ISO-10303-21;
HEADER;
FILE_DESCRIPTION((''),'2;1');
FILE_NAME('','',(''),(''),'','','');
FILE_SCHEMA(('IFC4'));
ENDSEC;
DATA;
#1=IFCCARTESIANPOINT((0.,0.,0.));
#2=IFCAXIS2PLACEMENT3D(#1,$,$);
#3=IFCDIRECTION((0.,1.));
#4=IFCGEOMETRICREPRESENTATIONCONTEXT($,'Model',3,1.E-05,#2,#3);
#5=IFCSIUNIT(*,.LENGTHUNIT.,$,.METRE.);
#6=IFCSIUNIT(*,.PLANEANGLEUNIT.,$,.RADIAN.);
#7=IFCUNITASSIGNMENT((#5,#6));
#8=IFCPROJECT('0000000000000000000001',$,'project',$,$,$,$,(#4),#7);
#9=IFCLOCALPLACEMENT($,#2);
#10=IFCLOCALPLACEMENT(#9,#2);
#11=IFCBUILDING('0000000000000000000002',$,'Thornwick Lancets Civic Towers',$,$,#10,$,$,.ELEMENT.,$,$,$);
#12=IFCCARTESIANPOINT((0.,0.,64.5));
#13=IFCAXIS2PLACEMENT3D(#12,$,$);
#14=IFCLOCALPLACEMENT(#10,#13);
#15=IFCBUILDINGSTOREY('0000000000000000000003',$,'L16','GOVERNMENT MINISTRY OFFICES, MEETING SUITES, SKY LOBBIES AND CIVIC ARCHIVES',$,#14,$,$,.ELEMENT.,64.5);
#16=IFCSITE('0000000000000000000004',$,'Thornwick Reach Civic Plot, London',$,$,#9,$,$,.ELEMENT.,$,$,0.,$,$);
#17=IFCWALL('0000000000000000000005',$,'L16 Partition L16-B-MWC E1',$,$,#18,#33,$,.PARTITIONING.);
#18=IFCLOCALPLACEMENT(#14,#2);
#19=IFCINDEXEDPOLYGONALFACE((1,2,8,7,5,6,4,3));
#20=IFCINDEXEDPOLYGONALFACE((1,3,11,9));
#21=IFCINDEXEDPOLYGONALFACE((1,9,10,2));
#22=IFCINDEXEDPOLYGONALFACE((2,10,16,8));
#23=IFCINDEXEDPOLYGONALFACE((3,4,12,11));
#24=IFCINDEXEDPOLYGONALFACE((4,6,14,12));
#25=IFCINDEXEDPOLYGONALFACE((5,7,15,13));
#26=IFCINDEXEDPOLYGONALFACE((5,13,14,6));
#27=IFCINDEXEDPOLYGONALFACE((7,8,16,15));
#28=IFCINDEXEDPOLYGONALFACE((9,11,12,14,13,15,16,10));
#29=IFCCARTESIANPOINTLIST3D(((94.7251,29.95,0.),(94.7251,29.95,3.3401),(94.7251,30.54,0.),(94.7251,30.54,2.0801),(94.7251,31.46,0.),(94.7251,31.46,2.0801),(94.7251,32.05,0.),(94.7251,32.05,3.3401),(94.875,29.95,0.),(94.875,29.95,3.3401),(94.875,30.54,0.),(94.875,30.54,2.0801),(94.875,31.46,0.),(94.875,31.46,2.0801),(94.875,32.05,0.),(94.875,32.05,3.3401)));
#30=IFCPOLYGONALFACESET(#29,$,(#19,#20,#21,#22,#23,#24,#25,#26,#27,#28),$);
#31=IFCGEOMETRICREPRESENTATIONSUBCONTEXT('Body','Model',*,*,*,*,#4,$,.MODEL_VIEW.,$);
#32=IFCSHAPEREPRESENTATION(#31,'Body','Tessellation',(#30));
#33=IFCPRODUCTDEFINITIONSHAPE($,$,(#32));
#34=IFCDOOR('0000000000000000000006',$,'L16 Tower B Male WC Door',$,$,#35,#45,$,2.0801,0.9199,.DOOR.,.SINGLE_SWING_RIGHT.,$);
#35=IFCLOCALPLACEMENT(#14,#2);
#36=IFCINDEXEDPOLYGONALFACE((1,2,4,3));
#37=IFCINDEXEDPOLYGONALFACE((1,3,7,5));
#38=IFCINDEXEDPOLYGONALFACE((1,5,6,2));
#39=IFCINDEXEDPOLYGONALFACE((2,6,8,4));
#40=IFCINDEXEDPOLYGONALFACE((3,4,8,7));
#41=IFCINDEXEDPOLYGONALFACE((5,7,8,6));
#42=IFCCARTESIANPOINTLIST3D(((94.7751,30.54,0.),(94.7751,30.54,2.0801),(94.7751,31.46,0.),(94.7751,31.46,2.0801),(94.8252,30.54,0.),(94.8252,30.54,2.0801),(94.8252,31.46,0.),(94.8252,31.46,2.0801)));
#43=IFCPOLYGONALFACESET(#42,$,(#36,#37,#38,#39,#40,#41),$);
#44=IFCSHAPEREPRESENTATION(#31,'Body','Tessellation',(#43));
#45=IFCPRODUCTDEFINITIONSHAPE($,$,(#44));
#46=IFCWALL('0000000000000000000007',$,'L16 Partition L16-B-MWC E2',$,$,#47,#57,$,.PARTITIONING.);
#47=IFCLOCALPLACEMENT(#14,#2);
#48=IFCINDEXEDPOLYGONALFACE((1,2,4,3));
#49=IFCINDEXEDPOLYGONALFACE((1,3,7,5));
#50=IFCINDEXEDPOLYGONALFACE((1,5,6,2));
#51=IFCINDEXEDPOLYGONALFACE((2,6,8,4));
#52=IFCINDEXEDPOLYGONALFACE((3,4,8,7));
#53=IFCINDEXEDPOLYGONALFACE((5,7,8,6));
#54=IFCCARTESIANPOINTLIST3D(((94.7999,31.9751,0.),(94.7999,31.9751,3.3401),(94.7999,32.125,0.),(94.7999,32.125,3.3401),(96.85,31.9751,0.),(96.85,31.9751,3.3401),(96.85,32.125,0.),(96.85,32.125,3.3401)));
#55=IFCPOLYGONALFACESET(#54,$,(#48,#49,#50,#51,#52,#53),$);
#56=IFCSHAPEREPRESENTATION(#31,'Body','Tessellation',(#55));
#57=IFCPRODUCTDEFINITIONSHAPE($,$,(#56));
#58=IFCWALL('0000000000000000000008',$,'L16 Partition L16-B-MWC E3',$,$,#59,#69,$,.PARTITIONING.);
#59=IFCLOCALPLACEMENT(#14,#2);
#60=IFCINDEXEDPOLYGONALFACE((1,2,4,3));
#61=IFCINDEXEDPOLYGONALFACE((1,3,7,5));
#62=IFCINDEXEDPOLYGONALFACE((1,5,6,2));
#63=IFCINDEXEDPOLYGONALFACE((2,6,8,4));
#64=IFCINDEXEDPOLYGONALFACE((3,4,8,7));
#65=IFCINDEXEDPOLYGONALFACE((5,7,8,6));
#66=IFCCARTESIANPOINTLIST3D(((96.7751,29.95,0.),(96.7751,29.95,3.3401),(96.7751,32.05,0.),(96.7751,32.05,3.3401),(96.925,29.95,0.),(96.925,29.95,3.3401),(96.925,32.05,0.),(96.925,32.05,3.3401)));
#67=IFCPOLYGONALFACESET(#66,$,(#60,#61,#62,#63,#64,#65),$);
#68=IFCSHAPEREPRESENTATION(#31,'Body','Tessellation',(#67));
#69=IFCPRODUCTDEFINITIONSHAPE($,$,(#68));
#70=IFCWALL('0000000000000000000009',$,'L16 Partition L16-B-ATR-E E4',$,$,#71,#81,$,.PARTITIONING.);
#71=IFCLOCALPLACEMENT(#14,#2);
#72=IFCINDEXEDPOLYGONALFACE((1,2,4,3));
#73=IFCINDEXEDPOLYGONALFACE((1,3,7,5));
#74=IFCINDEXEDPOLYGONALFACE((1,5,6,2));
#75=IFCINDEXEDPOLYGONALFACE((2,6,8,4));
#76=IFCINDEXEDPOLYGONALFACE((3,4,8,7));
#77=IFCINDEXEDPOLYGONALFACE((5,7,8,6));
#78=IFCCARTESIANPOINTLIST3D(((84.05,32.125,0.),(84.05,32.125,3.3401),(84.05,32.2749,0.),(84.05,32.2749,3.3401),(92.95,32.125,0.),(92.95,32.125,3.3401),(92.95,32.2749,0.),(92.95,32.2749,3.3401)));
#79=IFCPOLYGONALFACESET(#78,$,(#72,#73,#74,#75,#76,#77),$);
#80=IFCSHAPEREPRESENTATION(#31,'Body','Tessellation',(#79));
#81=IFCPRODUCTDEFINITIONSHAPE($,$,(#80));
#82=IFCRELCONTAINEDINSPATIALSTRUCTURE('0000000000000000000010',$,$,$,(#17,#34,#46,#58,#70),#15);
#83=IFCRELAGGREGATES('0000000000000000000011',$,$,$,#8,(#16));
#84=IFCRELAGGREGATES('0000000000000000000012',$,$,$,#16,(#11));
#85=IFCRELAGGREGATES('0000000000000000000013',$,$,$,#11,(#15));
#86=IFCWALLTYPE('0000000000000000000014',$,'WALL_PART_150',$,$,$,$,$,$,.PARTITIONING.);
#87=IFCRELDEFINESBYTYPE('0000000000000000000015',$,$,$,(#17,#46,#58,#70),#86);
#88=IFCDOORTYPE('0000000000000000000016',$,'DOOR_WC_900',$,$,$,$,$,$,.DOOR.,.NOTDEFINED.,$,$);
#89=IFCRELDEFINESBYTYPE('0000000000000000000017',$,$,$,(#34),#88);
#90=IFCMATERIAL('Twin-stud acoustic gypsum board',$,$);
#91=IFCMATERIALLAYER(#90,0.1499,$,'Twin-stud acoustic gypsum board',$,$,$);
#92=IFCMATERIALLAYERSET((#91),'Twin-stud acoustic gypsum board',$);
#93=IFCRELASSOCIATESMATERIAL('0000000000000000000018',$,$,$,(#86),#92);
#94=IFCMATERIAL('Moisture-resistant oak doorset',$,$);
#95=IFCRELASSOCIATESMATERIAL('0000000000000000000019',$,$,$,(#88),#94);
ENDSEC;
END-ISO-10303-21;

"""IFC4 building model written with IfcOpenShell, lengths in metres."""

from ifc_helpers import new_model, si_unit, direction, frame, frame_2d, origin, place, context, subcontext, project, spatial, rectangle, extrude, material, layer, layer_set, type_object, element, fill, save


model = new_model("IFC4")

# Units and contexts
model_context = context("Model", 3, precision=1e-05, world=origin(), true_north=direction((0.0, 1.0)))
body_context = subcontext(model_context, "Body", "Model", "MODEL_VIEW")
ifc_project = project(units=[si_unit("LENGTHUNIT", "METRE"), si_unit("PLANEANGLEUNIT", "RADIAN")], contexts=[model_context])

# Site, building, storey
site_placement = place(None, origin())
site = spatial("IfcSite", under=ifc_project, at=site_placement, Name="Thornwick Reach Civic Plot, London", CompositionType="ELEMENT", RefElevation=0.0)
building_placement = place(site_placement, origin())
building = spatial("IfcBuilding", under=site, at=building_placement, Name="Thornwick Lancets Civic Towers", CompositionType="ELEMENT")
storey_placement = place(building_placement, frame((0.0, 0.0, 64.5)))
storey = spatial("IfcBuildingStorey", under=building, at=storey_placement, Name="L16", Description="GOVERNMENT MINISTRY OFFICES, MEETING SUITES, SKY LOBBIES AND CIVIC ARCHIVES", CompositionType="ELEMENT", Elevation=64.5)

# Wall, opening, door
ifc_material_1 = material(Name="Twin-stud acoustic gypsum board")
ifc_layer_1 = layer(ifc_material_1, 0.1499, Name="Twin-stud acoustic gypsum board")
ifc_layer_set_1 = layer_set([ifc_layer_1], Name="Twin-stud acoustic gypsum board")
wall_type_1 = type_object("IfcWallType", Name="WALL_PART_150", PredefinedType="PARTITIONING", material=ifc_layer_set_1)
wall_1_placement = place(storey_placement, frame((94.8, 29.95, 0.0), z_axis=(0.0, 0.0, 1.0), x_axis=(0.0, 1.0, 0.0)))
wall_1 = element("IfcWall", 1, at=wall_1_placement, inside=storey, type_object=wall_type_1, Name="L16 Partition L16-B-MWC E1", PredefinedType="PARTITIONING", context=body_context, shape_type="SweptSolid", body=[
    extrude(rectangle(XDim=2.1001, YDim=0.1499, at=frame_2d((1.05, 0.0))), origin(), (0.0, 0.0, 1.0), 3.3401),
])
opening_1_placement = place(wall_1_placement, frame((0.5901, 0.0, 0.0)))
opening_1 = element("IfcOpeningElement", 2, at=opening_1_placement, cuts=wall_1, PredefinedType="OPENING", context=body_context, shape_type="SweptSolid", body=[
    extrude(rectangle(XDim=0.9199, YDim=2.0801, at=frame_2d((0.46, 1.04))), frame((0.0, 0.085, 0.0), z_axis=(0.0, -1.0, 0.0), x_axis=(1.0, 0.0, 0.0)), (0.0, 0.0, 1.0), 0.1699),
])
ifc_material_2 = material(Name="Moisture-resistant oak doorset")
door_type_1 = type_object("IfcDoorType", Name="DOOR_WC_900", OperationType="NOTDEFINED", PredefinedType="DOOR", material=ifc_material_2)
door_1_placement = place(opening_1_placement, origin())
door_1 = element("IfcDoor", 3, at=door_1_placement, inside=storey, type_object=door_type_1, Name="L16 Tower B Male WC Door", OperationType="SINGLE_SWING_RIGHT", OverallHeight=2.0801, OverallWidth=0.9199, PredefinedType="DOOR", context=body_context, shape_type="SweptSolid", body=[
    extrude(rectangle(XDim=0.9199, YDim=2.0801, at=frame_2d((0.46, 1.04))), frame((0.0, 0.0249, 0.0), z_axis=(0.0, -1.0, 0.0), x_axis=(1.0, 0.0, 0.0)), (0.0, 0.0, 1.0), 0.05),
])
fill(opening_1, door_1)

# Walls
wall_2_placement = place(storey_placement, frame((94.8, 32.05, 0.0), z_axis=(0.0, 0.0, 1.0), x_axis=(1.0, 0.0, 0.0)))
element("IfcWall", 4, at=wall_2_placement, inside=storey, type_object=wall_type_1, Name="L16 Partition L16-B-MWC E2", PredefinedType="PARTITIONING", context=body_context, shape_type="SweptSolid", body=[
    extrude(rectangle(XDim=2.05, YDim=0.1499, at=frame_2d((1.0249, 0.0))), origin(), (0.0, 0.0, 1.0), 3.3401),
])
wall_3_placement = place(storey_placement, frame((96.8501, 32.05, 0.0), z_axis=(0.0, 0.0, 1.0), x_axis=(0.0, -1.0, 0.0)))
element("IfcWall", 5, at=wall_3_placement, inside=storey, type_object=wall_type_1, Name="L16 Partition L16-B-MWC E3", PredefinedType="PARTITIONING", context=body_context, shape_type="SweptSolid", body=[
    extrude(rectangle(XDim=2.1001, YDim=0.1499, at=frame_2d((1.05, 0.0))), origin(), (0.0, 0.0, 1.0), 3.3401),
])
wall_4_placement = place(storey_placement, frame((92.95, 32.2, 0.0), z_axis=(0.0, 0.0, 1.0), x_axis=(-1.0, 0.0, 0.0)))
element("IfcWall", 6, at=wall_4_placement, inside=storey, type_object=wall_type_1, Name="L16 Partition L16-B-ATR-E E4", PredefinedType="PARTITIONING", context=body_context, shape_type="SweptSolid", body=[
    extrude(rectangle(XDim=8.8999, YDim=0.1499, at=frame_2d((4.45, 0.0))), origin(), (0.0, 0.0, 1.0), 3.3401),
])

save(model, "model.ifc")
